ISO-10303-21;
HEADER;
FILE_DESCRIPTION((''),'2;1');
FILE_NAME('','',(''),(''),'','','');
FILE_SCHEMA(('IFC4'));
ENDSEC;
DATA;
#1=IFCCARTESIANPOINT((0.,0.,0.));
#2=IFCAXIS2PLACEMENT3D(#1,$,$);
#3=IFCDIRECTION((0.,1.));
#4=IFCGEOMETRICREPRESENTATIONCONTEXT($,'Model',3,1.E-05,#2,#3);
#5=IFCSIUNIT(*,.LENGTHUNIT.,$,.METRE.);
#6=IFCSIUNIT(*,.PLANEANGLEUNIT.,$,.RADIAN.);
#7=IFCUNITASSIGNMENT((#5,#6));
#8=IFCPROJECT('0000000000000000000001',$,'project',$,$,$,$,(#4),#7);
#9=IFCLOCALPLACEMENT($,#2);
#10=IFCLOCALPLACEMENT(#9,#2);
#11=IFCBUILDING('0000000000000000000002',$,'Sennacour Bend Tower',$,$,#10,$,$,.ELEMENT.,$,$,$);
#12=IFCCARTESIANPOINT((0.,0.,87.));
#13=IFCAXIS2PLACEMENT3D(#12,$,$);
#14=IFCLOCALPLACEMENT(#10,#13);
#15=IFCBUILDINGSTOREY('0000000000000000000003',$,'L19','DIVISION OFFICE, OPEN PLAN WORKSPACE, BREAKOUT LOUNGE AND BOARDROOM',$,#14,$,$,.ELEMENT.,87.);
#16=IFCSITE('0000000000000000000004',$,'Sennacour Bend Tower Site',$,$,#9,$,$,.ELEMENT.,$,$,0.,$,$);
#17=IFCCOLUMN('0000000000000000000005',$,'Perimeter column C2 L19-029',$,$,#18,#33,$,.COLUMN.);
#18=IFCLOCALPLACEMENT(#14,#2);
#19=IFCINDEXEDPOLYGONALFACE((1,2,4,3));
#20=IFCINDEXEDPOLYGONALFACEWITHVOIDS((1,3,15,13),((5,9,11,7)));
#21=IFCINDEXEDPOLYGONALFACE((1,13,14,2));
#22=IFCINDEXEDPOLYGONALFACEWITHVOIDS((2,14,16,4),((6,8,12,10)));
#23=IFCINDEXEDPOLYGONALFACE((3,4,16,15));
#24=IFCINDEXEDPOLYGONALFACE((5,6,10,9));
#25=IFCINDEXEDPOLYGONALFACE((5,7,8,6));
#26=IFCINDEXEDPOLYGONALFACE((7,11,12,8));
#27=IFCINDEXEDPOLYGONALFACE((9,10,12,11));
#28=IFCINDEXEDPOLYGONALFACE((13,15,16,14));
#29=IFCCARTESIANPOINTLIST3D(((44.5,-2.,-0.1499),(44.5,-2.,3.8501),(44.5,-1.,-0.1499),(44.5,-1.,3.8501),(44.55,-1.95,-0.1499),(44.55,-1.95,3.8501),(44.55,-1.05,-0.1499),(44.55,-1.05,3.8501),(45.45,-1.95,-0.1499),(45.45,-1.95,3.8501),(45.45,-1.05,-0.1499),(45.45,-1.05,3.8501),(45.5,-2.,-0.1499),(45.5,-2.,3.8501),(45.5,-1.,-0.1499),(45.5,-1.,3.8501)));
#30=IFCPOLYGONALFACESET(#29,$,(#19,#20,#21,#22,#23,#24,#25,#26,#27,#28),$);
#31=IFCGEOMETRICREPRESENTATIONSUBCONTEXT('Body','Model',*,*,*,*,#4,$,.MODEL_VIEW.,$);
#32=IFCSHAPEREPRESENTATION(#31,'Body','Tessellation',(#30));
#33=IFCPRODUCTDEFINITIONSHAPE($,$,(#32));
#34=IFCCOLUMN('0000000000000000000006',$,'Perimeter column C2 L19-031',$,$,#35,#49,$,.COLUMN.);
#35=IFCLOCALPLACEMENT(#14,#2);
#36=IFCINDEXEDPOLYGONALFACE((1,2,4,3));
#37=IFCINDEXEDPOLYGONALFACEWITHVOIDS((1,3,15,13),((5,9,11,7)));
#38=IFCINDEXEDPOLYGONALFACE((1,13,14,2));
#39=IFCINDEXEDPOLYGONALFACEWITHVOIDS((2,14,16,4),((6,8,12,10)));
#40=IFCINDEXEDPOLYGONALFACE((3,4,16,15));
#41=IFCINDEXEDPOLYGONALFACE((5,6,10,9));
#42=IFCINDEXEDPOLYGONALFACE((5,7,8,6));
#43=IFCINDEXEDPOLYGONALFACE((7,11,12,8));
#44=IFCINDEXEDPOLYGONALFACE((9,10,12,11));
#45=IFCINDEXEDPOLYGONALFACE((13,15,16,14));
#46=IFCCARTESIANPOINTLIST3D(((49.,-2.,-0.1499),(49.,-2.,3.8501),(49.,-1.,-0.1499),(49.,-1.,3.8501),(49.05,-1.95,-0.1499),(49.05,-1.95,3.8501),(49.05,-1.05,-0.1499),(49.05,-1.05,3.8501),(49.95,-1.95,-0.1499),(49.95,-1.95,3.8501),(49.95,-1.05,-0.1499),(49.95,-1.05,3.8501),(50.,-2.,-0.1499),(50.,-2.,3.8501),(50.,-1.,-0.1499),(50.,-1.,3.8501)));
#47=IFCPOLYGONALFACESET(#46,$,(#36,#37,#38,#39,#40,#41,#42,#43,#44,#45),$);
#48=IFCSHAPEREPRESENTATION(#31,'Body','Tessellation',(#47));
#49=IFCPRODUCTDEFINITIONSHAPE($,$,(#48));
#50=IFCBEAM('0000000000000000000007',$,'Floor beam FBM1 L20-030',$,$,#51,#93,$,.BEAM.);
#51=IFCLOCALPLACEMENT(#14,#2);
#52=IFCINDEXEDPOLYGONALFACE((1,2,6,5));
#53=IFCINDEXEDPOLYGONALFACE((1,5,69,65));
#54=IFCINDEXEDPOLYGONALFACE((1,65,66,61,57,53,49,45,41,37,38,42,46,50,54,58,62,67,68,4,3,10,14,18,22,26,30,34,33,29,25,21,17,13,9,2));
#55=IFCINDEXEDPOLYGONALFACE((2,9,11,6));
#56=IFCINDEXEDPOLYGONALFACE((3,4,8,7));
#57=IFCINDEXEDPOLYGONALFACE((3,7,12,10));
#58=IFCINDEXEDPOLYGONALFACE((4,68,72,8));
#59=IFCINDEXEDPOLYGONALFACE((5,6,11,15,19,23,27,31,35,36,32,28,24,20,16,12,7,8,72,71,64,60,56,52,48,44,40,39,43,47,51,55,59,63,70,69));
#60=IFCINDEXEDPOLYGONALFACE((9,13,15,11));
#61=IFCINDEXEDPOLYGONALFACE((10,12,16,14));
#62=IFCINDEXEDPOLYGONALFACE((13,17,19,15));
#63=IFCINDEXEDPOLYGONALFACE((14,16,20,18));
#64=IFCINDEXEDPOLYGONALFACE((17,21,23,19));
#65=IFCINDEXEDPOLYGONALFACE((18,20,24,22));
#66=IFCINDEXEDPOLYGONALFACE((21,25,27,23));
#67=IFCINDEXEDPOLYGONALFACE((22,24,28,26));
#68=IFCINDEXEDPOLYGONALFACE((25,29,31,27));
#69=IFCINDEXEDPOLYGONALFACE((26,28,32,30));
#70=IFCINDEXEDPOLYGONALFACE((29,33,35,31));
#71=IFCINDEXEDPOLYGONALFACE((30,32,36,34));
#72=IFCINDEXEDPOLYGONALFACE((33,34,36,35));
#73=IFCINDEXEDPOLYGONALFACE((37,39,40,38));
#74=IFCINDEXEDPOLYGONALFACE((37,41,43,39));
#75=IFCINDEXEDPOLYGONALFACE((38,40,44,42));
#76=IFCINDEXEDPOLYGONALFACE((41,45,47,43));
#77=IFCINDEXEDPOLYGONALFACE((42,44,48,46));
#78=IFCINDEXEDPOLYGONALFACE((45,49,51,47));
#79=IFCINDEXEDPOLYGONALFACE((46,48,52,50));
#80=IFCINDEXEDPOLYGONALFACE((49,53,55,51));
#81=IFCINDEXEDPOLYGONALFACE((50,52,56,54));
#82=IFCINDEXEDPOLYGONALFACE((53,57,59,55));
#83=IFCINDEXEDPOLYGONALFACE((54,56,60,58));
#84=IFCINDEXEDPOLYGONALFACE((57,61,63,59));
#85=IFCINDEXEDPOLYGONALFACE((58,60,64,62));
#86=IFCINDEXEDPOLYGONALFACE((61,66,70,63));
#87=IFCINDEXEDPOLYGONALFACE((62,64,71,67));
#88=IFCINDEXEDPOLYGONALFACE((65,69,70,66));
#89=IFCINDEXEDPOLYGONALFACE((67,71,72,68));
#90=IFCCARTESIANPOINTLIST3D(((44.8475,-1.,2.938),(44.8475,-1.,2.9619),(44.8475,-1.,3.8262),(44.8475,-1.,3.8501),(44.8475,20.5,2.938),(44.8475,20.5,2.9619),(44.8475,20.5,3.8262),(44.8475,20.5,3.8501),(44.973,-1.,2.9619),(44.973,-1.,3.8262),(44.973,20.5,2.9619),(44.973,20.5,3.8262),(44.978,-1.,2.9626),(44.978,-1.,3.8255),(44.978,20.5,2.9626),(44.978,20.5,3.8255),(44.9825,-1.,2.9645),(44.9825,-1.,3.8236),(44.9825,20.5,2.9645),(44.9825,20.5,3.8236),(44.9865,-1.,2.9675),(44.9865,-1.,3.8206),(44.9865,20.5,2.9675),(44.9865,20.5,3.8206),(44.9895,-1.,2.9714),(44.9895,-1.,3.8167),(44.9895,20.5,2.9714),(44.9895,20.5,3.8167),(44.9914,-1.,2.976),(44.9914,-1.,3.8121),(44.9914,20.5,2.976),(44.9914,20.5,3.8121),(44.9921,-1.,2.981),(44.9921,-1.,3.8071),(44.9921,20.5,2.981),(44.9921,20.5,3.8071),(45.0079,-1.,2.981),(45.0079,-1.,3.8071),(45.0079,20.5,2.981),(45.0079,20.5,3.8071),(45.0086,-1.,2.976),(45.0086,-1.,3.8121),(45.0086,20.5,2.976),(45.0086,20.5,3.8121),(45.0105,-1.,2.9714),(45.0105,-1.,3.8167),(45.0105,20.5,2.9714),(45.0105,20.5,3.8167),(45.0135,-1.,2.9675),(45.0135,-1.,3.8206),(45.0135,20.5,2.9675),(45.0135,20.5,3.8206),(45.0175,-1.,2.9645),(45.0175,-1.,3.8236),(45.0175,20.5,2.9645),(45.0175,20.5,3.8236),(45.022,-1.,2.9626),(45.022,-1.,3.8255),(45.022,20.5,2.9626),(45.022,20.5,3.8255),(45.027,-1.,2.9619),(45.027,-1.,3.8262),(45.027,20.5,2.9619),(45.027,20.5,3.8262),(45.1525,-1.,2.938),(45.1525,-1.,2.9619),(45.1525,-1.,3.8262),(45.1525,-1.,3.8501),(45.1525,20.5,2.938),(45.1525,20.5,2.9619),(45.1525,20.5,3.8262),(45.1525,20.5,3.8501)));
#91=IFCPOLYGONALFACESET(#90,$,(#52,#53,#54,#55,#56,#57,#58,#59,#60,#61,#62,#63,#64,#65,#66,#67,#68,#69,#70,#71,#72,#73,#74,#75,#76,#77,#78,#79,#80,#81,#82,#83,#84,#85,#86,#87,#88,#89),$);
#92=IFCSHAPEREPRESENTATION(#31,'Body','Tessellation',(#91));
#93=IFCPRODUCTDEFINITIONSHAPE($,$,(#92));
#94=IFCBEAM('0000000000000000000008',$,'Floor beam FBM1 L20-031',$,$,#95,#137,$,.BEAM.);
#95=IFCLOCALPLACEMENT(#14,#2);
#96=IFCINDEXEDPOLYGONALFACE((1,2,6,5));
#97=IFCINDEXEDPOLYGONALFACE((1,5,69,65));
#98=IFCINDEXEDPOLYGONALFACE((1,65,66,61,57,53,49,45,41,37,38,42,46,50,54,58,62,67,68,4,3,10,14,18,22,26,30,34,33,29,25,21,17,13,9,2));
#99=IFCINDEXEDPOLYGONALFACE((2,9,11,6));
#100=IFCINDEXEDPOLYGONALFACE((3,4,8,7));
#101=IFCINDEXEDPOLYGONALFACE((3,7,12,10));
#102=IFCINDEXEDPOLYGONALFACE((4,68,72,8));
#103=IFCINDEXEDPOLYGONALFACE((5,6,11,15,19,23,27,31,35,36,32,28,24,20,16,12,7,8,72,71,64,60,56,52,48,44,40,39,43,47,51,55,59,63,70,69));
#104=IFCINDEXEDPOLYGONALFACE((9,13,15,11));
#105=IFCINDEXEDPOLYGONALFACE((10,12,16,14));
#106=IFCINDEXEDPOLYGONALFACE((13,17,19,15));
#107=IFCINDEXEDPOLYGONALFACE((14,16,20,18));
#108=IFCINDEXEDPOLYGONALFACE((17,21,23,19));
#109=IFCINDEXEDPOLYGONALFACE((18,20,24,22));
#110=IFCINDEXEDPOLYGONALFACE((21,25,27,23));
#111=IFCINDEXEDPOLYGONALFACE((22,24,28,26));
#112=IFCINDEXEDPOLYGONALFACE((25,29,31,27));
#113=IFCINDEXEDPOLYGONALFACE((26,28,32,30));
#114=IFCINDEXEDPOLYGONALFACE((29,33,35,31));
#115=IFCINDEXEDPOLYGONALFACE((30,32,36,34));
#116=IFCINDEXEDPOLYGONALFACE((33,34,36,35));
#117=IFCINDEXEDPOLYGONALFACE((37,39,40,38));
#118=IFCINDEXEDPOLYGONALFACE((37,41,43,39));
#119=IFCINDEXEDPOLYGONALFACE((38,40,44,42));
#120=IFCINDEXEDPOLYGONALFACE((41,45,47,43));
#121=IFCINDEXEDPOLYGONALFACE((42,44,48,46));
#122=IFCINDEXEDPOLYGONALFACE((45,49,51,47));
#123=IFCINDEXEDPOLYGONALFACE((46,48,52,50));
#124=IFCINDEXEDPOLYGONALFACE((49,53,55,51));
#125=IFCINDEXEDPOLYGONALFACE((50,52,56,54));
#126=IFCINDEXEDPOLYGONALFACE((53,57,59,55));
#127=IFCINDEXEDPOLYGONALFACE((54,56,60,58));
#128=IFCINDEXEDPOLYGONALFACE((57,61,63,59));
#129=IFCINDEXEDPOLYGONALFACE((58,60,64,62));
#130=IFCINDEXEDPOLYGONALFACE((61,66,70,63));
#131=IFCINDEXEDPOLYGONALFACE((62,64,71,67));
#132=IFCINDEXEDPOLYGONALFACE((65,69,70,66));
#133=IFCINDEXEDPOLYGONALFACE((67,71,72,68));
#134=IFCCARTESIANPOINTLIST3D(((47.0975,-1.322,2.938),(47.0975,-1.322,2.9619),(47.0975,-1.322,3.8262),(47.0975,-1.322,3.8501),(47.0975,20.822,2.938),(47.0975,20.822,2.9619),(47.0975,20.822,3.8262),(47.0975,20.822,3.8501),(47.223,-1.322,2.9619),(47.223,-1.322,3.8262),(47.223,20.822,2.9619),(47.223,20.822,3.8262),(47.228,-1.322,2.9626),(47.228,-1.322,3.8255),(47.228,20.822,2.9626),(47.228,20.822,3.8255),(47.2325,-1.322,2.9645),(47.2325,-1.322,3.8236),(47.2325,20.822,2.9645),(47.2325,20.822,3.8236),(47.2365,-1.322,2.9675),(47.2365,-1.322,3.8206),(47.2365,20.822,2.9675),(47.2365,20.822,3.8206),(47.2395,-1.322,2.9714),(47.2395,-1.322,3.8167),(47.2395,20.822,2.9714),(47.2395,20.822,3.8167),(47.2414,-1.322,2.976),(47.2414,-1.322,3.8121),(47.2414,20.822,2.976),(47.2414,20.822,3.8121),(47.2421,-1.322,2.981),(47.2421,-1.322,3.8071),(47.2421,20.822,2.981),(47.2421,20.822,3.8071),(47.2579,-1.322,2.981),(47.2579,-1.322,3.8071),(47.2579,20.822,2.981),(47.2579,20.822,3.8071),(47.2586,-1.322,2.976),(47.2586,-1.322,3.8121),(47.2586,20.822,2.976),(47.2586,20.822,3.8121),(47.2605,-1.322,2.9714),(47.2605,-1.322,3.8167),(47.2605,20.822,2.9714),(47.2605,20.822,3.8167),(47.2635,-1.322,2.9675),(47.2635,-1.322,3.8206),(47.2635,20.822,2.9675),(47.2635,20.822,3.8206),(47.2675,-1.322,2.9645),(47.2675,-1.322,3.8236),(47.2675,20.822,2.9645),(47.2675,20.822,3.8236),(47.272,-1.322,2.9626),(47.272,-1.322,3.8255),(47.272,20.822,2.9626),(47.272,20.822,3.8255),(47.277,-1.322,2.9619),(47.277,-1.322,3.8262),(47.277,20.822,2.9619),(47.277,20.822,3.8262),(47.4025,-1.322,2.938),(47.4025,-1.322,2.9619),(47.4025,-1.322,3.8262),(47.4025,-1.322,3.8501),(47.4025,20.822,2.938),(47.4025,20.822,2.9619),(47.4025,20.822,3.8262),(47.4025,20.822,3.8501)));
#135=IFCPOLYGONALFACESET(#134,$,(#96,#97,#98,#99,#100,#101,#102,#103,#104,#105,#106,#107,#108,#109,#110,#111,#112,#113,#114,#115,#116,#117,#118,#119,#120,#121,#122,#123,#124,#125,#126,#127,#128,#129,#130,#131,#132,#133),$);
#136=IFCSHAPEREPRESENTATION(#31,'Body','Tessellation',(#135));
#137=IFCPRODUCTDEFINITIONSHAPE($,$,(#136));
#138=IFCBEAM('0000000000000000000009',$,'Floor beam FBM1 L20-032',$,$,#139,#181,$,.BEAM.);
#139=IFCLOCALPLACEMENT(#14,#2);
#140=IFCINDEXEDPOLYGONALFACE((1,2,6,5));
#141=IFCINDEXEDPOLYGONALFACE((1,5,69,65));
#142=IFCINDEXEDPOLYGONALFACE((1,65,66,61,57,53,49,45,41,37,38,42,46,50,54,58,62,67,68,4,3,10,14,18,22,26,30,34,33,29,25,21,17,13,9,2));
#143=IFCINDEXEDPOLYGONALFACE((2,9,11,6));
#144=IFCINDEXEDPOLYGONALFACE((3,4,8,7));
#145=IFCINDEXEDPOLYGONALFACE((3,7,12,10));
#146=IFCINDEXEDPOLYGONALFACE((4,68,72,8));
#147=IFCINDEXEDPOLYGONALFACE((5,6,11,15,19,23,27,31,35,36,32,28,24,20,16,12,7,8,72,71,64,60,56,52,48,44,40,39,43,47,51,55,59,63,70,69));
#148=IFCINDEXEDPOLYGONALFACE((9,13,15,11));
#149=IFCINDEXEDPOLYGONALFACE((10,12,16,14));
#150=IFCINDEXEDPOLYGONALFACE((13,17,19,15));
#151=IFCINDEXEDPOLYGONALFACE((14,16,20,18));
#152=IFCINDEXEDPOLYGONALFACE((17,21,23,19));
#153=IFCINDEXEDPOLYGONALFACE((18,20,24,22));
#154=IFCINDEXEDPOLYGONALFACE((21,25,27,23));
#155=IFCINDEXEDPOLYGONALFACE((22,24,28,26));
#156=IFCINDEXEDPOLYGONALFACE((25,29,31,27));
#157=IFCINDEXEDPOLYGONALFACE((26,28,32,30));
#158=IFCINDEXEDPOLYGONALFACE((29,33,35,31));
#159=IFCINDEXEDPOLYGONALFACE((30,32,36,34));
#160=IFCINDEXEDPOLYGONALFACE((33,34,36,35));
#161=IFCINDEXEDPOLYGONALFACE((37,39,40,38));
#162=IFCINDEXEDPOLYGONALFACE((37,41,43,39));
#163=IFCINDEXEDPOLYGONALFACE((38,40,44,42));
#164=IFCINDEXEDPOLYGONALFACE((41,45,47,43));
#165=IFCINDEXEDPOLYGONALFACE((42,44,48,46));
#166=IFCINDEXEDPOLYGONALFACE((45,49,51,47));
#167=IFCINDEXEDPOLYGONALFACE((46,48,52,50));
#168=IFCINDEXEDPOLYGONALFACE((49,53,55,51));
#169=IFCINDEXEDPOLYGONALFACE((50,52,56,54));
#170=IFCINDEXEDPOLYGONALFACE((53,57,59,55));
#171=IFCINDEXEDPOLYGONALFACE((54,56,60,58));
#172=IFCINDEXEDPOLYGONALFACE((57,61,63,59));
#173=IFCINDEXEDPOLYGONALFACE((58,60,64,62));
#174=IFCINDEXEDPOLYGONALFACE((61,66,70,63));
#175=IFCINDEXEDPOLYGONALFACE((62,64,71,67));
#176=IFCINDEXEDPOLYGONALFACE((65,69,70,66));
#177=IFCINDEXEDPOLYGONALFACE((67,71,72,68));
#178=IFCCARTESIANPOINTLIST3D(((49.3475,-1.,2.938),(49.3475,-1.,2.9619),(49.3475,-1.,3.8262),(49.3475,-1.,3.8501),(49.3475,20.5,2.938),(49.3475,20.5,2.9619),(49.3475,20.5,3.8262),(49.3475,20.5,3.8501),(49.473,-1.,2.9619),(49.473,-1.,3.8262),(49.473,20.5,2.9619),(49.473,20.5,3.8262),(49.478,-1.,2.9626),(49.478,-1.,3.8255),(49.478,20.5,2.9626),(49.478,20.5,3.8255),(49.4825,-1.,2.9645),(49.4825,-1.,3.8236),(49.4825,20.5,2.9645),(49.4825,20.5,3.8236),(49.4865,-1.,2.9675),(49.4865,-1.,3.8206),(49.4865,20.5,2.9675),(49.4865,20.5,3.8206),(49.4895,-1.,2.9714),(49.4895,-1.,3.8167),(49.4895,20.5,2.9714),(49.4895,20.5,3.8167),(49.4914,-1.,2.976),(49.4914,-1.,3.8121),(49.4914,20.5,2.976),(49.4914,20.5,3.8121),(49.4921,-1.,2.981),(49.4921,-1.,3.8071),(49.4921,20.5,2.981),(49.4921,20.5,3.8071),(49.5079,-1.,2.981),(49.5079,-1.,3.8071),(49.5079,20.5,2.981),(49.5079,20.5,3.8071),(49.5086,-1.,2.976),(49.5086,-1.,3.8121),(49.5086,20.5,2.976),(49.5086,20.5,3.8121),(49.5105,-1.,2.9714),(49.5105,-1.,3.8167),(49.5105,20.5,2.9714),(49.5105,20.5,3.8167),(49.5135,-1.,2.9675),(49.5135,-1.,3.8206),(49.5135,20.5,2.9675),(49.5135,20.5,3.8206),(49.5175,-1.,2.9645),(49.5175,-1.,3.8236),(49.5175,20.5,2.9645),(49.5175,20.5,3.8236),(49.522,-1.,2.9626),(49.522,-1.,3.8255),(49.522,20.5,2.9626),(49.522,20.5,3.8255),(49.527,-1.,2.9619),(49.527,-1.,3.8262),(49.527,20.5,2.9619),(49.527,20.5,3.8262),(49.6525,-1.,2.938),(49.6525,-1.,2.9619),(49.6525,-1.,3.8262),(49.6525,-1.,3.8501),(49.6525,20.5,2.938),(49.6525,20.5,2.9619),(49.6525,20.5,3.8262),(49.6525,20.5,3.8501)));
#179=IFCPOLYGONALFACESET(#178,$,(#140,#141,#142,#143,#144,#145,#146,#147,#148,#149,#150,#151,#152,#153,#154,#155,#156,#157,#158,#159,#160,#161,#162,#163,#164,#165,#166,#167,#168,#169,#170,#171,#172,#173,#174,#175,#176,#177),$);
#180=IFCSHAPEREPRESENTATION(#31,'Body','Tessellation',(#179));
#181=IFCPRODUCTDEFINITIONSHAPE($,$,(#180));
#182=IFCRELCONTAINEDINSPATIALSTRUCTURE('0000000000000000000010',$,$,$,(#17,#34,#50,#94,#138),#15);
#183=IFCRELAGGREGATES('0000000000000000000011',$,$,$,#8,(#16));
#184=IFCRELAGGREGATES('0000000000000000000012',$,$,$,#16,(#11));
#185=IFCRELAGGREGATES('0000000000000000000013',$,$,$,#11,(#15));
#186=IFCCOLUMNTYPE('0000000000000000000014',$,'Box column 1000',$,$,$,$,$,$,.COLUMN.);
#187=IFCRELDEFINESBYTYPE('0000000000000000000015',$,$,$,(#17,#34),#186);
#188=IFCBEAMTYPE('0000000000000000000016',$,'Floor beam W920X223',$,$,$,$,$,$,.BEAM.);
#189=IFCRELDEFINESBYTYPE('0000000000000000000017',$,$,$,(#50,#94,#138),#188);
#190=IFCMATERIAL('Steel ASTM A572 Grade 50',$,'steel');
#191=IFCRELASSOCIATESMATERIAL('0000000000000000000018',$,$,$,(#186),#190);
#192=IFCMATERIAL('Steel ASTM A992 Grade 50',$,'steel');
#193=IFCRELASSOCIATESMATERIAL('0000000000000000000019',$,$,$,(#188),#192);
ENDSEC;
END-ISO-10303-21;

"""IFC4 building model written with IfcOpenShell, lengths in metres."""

from ifc_helpers import new_model, si_unit, direction, frame, origin, origin_2d, place, context, subcontext, project, spatial, hollow_rectangle, i_section, extrude, material, material_profile, profile_set, type_object, element, save


model = new_model("IFC4")

# Units and contexts
model_context = context("Model", 3, precision=1e-05, world=origin(), true_north=direction((0.0, 1.0)))
body_context = subcontext(model_context, "Body", "Model", "MODEL_VIEW")
ifc_project = project(units=[si_unit("LENGTHUNIT", "METRE"), si_unit("PLANEANGLEUNIT", "RADIAN")], contexts=[model_context])

# Site, building, storey
site_placement = place(None, origin())
site = spatial("IfcSite", under=ifc_project, at=site_placement, Name="Sennacour Bend Tower Site", CompositionType="ELEMENT", RefElevation=0.0)
building_placement = place(site_placement, origin())
building = spatial("IfcBuilding", under=site, at=building_placement, Name="Sennacour Bend Tower", CompositionType="ELEMENT")
storey_placement = place(building_placement, frame((0.0, 0.0, 87.0)))
storey = spatial("IfcBuildingStorey", under=building, at=storey_placement, Name="L19", Description="DIVISION OFFICE, OPEN PLAN WORKSPACE, BREAKOUT LOUNGE AND BOARDROOM", CompositionType="ELEMENT", Elevation=87.0)

# Columns
ifc_material_1 = material(Name="Steel ASTM A572 Grade 50", Category="steel")
ifc_material_profile_1 = material_profile(ifc_material_1, hollow_rectangle(XDim=1.0, YDim=1.0, WallThickness=0.05, at=origin_2d()), Name="Steel ASTM A572 Grade 50", Category="steel")
ifc_profile_set_1 = profile_set([ifc_material_profile_1], Name="Steel ASTM A572 Grade 50")
column_type = type_object("IfcColumnType", Name="Box column 1000", PredefinedType="COLUMN", material=ifc_profile_set_1)
for number, where, z_axis, x_axis, name in (
    (1, (45.0, -1.5, -0.1499), (0.0, 0.0, 1.0), (1.0, 0.0, 0.0), "Perimeter column C2 L19-029"),
    (2, (49.5, -1.5, -0.1499), (0.0, 0.0, 1.0), (1.0, 0.0, 0.0), "Perimeter column C2 L19-031"),
):
    element("IfcColumn", number, at=place(storey_placement, frame(where, z_axis=z_axis, x_axis=x_axis)), inside=storey, type_object=column_type, Name=name, PredefinedType="COLUMN", context=body_context, shape_type="SweptSolid", body=[
        extrude(hollow_rectangle(XDim=1.0, YDim=1.0, WallThickness=0.05, at=origin_2d()), origin(), (0.0, 0.0, 1.0), 4.0),
    ])

# Beams
ifc_material_2 = material(Name="Steel ASTM A992 Grade 50", Category="steel")
ifc_material_profile_2 = material_profile(ifc_material_2, i_section(OverallWidth=0.3049, OverallDepth=0.9121, WebThickness=0.0159, FlangeThickness=0.0239, FilletRadius=0.019, at=origin_2d()), Name="Steel ASTM A992 Grade 50", Category="steel")
ifc_profile_set_2 = profile_set([ifc_material_profile_2], Name="Steel ASTM A992 Grade 50")
beam_type_1 = type_object("IfcBeamType", Name="Floor beam W920X223", PredefinedType="BEAM", material=ifc_profile_set_2)
beam_1_placement = place(storey_placement, frame((45.0, -1.0, 3.394), z_axis=(0.0, 1.0, 0.0), x_axis=(-1.0, 0.0, 0.0)))
element("IfcBeam", 3, at=beam_1_placement, inside=storey, type_object=beam_type_1, Name="Floor beam FBM1 L20-030", PredefinedType="BEAM", context=body_context, shape_type="SweptSolid", body=[
    extrude(i_section(OverallWidth=0.3049, OverallDepth=0.9121, WebThickness=0.0159, FlangeThickness=0.0239, FilletRadius=0.019, at=origin_2d()), origin(), (0.0, 0.0, 1.0), 21.5),
])
beam_2_placement = place(storey_placement, frame((47.25, -1.322, 3.394), z_axis=(0.0, 1.0, 0.0), x_axis=(-1.0, 0.0, 0.0)))
element("IfcBeam", 4, at=beam_2_placement, inside=storey, type_object=beam_type_1, Name="Floor beam FBM1 L20-031", PredefinedType="BEAM", context=body_context, shape_type="SweptSolid", body=[
    extrude(i_section(OverallWidth=0.3049, OverallDepth=0.9121, WebThickness=0.0159, FlangeThickness=0.0239, FilletRadius=0.019, at=origin_2d()), origin(), (0.0, 0.0, 1.0), 22.144),
])
beam_3_placement = place(storey_placement, frame((49.5, -1.0, 3.394), z_axis=(0.0, 1.0, 0.0), x_axis=(-1.0, 0.0, 0.0)))
element("IfcBeam", 5, at=beam_3_placement, inside=storey, type_object=beam_type_1, Name="Floor beam FBM1 L20-032", PredefinedType="BEAM", context=body_context, shape_type="SweptSolid", body=[
    extrude(i_section(OverallWidth=0.3049, OverallDepth=0.9121, WebThickness=0.0159, FlangeThickness=0.0239, FilletRadius=0.019, at=origin_2d()), origin(), (0.0, 0.0, 1.0), 21.5),
])

save(model, "model.ifc")
